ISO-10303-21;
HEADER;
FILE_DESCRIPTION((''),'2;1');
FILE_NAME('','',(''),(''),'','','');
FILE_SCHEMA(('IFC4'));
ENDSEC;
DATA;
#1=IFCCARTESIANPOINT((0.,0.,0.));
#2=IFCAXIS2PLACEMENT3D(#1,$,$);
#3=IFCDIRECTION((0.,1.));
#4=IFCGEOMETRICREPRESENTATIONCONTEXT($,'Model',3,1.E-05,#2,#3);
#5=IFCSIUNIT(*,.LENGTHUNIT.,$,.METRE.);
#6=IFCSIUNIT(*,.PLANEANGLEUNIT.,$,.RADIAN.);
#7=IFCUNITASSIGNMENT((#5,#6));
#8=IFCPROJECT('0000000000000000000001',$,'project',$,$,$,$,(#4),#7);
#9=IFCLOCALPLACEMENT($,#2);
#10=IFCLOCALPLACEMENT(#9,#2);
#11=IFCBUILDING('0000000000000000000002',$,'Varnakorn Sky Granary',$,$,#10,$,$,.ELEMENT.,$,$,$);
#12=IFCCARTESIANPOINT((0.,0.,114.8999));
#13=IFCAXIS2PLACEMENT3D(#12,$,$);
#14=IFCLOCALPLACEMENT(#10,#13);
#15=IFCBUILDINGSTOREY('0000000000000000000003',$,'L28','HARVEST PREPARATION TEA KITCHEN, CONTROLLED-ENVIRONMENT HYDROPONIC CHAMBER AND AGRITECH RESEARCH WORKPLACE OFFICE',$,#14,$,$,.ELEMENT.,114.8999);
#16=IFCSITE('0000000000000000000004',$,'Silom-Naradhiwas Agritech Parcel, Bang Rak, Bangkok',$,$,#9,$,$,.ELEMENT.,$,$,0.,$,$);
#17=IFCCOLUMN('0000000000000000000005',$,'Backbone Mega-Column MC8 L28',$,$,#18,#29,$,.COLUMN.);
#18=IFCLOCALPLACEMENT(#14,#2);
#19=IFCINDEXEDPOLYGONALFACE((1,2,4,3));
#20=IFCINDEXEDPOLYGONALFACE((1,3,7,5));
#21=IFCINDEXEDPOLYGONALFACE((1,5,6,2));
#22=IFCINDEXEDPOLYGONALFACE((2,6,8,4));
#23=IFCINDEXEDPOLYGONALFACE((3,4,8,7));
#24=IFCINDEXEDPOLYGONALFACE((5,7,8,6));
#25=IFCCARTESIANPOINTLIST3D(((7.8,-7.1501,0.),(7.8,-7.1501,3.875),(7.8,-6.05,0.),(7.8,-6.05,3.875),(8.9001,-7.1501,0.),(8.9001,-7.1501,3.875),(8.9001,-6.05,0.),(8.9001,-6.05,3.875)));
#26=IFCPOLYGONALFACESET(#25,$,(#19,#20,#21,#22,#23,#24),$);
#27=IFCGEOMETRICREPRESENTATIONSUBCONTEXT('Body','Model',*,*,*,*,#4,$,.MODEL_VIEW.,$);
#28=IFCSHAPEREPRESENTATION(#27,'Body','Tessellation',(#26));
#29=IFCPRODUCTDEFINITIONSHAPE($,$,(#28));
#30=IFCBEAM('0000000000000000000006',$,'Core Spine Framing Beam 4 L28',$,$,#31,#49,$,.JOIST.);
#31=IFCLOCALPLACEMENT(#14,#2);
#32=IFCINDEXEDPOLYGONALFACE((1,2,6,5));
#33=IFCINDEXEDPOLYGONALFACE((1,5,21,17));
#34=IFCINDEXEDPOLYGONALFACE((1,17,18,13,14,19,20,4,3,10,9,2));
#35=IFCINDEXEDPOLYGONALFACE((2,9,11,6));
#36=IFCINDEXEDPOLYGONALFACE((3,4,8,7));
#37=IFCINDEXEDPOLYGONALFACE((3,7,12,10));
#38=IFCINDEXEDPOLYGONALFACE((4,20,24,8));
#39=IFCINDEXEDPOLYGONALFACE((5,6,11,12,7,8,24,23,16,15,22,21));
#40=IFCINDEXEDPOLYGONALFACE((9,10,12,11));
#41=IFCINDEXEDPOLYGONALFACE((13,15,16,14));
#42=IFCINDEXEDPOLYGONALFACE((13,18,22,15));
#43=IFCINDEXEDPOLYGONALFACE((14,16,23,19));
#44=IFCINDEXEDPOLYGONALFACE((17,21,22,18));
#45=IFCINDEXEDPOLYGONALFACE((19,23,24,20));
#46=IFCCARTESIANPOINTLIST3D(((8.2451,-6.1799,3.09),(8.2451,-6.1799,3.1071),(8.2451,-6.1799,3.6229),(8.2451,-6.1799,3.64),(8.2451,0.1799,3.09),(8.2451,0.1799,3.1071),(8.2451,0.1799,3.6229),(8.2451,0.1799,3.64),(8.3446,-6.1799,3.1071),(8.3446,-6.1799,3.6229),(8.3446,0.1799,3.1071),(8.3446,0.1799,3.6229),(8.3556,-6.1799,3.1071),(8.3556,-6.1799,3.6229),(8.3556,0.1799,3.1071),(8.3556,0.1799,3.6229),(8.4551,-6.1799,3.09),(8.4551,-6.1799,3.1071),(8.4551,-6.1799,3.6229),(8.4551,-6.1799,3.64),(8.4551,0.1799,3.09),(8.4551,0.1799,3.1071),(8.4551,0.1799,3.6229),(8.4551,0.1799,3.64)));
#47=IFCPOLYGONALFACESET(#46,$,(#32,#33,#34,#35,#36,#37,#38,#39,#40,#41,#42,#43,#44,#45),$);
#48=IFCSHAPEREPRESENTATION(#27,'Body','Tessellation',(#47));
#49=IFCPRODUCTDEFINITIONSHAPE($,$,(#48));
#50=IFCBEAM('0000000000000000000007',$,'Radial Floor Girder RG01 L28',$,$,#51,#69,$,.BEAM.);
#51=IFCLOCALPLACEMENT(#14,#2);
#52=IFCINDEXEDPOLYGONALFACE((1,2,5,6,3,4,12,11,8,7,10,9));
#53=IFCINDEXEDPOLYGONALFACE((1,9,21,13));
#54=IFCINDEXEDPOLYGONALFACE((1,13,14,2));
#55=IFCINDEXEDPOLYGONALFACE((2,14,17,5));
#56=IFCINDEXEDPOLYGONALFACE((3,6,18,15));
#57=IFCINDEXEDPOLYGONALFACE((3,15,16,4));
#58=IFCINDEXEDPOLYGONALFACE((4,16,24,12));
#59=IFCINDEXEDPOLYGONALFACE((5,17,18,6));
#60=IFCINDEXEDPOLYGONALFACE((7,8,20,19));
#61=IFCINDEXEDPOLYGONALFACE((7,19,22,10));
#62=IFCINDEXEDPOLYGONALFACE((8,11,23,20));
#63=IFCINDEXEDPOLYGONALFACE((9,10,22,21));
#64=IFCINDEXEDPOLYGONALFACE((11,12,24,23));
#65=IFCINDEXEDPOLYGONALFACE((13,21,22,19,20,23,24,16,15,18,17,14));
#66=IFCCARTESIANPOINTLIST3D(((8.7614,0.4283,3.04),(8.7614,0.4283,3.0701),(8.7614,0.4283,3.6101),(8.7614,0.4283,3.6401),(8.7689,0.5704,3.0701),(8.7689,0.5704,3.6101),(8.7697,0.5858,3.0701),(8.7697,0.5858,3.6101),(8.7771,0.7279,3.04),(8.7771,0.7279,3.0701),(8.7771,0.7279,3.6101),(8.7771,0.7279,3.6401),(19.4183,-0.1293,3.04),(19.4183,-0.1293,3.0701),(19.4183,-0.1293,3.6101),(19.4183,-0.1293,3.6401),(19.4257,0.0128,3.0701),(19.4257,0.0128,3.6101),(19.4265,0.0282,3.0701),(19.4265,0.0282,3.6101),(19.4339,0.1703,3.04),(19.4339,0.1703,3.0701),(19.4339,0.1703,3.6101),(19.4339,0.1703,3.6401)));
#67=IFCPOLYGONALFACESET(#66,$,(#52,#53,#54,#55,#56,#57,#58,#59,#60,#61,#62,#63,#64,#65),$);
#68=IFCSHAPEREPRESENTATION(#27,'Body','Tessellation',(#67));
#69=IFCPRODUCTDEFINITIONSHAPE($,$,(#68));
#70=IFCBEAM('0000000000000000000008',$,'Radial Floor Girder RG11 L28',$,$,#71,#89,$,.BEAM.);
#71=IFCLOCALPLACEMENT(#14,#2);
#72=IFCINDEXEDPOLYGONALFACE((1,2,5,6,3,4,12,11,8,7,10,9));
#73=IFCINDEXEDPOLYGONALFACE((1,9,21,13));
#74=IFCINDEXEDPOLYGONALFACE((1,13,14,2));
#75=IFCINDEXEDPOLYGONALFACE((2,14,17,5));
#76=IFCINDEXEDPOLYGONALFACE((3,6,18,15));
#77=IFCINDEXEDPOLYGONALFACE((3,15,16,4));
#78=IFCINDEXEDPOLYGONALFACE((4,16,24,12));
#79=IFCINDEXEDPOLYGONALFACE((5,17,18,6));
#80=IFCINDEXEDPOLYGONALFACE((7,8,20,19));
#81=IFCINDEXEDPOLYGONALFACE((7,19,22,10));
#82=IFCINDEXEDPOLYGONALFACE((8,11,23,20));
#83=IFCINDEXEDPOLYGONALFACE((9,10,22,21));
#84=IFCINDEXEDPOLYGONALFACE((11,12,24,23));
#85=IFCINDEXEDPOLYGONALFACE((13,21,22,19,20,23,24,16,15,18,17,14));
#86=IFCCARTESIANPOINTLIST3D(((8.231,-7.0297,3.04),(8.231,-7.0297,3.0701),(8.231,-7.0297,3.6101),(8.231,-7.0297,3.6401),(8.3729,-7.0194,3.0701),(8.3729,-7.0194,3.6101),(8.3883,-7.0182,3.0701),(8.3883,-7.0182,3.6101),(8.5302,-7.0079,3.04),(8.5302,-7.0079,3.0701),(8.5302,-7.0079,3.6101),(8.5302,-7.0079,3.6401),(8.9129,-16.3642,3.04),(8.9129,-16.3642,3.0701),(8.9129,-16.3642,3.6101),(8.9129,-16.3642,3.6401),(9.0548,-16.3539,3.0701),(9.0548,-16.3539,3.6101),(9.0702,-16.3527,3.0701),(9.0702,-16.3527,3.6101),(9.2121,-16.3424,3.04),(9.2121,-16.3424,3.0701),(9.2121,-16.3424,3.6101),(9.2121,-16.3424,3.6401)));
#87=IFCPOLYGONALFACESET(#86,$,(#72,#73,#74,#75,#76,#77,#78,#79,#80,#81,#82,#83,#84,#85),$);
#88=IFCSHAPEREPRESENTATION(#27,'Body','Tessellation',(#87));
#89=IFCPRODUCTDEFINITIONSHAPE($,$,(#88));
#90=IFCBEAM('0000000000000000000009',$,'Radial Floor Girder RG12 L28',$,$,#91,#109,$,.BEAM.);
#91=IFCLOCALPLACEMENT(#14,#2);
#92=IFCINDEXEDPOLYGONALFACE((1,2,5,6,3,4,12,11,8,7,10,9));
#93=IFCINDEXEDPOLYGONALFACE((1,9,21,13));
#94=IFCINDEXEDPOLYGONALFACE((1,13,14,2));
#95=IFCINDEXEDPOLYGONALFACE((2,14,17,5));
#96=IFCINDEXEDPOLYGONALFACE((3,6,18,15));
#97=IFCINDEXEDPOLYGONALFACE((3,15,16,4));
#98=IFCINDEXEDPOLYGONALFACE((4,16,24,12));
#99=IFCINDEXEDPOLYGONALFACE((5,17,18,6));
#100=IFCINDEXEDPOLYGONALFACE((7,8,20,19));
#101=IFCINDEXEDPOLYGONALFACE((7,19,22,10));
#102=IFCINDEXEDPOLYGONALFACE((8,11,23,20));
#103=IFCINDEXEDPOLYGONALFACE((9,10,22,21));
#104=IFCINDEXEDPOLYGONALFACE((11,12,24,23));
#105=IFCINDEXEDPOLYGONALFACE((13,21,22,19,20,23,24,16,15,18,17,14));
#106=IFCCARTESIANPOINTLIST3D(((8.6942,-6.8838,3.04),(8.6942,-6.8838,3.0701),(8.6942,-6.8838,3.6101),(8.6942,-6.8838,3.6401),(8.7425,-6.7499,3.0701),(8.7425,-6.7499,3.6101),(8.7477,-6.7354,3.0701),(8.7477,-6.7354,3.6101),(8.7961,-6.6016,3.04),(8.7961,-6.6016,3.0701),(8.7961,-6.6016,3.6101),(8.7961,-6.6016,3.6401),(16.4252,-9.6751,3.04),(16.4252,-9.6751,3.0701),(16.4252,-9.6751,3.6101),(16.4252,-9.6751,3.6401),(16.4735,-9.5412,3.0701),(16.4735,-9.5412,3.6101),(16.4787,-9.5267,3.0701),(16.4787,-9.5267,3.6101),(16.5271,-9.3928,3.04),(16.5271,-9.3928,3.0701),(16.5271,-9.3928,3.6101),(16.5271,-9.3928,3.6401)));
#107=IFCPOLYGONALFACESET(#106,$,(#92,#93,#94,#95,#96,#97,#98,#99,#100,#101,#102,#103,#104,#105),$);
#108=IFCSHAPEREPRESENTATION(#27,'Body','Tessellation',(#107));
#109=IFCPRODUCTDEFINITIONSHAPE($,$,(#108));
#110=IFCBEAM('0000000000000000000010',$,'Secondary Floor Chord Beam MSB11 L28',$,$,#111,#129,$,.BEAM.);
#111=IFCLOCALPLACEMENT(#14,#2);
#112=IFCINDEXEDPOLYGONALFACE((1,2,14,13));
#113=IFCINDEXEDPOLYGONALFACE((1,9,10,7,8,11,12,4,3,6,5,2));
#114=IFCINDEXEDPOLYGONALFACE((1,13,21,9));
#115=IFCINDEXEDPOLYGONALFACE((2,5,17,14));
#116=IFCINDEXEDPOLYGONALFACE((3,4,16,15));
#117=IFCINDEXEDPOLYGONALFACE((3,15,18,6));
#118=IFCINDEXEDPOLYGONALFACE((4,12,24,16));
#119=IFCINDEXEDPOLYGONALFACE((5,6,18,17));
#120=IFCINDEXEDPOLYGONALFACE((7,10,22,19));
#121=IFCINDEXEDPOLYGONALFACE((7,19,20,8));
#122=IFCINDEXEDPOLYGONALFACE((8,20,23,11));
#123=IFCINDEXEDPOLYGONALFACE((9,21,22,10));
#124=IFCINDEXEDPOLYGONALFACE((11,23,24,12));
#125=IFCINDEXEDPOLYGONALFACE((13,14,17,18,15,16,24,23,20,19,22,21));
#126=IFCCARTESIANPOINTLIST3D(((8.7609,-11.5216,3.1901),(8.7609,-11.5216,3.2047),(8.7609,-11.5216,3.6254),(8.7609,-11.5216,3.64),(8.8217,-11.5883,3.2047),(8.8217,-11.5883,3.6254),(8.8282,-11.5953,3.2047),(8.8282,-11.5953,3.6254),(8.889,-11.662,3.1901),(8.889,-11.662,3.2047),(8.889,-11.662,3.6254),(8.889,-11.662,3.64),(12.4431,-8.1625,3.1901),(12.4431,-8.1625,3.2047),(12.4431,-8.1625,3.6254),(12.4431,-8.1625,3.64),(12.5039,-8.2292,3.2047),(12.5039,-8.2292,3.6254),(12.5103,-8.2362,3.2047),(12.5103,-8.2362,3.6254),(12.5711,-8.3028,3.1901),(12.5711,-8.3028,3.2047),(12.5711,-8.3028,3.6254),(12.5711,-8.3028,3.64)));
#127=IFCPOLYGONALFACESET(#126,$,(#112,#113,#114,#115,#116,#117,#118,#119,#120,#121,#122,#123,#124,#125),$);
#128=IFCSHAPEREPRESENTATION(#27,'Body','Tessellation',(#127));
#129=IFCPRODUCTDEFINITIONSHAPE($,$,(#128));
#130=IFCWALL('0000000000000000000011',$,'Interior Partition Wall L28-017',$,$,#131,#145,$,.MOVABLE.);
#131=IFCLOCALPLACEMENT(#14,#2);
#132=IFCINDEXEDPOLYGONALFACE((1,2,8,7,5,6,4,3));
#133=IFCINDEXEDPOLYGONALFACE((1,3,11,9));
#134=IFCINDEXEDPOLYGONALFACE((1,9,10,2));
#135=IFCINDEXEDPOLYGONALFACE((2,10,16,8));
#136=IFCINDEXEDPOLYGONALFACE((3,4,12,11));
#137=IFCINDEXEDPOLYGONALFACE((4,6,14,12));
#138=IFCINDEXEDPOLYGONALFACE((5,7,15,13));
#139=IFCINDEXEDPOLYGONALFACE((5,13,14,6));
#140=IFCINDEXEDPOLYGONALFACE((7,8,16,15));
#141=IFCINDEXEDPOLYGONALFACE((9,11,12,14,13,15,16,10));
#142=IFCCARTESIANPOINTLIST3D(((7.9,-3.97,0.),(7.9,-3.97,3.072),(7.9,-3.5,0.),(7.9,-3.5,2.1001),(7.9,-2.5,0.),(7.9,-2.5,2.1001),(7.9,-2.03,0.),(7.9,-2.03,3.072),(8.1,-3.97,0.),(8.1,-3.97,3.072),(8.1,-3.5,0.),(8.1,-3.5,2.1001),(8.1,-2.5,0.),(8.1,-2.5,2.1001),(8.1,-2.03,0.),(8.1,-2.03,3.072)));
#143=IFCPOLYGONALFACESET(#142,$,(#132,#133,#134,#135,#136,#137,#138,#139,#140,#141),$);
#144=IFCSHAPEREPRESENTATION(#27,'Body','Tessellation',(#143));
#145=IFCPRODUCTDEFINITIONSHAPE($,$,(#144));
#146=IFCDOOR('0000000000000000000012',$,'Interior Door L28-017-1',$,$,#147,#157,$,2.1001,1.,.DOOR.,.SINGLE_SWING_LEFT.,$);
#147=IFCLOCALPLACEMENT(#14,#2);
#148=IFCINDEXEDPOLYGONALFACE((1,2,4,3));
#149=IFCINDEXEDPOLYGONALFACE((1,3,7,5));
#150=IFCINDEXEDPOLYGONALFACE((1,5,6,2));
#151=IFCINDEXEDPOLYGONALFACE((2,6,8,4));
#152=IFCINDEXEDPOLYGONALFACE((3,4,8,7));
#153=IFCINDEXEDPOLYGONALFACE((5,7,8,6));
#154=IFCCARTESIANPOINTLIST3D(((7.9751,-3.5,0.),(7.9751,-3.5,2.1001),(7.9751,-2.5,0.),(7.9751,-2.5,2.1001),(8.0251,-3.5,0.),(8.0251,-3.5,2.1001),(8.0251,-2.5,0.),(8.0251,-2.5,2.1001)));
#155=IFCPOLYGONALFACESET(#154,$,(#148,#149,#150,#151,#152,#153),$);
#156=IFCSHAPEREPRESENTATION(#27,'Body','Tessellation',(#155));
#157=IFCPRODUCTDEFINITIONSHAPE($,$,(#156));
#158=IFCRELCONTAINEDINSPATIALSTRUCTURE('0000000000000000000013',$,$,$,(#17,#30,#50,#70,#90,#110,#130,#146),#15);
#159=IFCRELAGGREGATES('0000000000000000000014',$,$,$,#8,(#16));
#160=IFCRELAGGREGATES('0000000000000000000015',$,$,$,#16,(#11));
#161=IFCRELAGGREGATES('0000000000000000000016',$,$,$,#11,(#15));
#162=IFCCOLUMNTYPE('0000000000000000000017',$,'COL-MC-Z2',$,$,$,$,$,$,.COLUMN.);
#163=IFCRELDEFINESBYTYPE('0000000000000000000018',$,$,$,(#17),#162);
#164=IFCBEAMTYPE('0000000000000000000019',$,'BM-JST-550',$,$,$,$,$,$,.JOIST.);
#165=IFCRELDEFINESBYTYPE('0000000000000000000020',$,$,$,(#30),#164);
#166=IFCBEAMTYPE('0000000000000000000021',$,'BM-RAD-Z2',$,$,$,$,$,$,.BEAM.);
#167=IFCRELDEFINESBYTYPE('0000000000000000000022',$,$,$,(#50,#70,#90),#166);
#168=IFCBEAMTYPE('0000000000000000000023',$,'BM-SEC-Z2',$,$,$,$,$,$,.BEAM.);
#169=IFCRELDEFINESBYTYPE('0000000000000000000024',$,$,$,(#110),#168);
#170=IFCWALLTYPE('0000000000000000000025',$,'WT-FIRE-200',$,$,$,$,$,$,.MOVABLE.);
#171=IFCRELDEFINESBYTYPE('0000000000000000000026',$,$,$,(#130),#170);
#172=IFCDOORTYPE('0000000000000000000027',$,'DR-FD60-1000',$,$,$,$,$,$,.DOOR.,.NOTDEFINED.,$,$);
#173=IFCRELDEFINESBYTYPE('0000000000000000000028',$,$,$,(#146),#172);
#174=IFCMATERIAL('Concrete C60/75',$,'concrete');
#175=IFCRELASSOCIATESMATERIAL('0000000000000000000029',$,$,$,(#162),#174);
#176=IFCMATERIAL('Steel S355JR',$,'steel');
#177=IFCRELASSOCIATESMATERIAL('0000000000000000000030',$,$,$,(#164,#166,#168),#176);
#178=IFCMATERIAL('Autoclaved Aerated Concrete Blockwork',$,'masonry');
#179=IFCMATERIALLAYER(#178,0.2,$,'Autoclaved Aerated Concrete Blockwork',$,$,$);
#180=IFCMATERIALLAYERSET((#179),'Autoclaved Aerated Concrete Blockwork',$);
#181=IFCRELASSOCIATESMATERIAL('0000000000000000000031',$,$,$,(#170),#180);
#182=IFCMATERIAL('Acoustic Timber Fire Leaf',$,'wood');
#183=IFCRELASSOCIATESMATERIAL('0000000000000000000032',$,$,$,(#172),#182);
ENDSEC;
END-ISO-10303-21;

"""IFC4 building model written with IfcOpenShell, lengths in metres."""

from ifc_helpers import new_model, si_unit, direction, frame, frame_2d, origin, origin_2d, place, context, subcontext, project, spatial, rectangle, i_section, extrude, material, layer, layer_set, material_profile, profile_set, type_object, element, fill, save


model = new_model("IFC4")

# Units and contexts
model_context = context("Model", 3, precision=1e-05, world=origin(), true_north=direction((0.0, 1.0)))
body_context = subcontext(model_context, "Body", "Model", "MODEL_VIEW")
ifc_project = project(units=[si_unit("LENGTHUNIT", "METRE"), si_unit("PLANEANGLEUNIT", "RADIAN")], contexts=[model_context])

# Site, building, storey
site_placement = place(None, origin())
site = spatial("IfcSite", under=ifc_project, at=site_placement, Name="Silom-Naradhiwas Agritech Parcel, Bang Rak, Bangkok", CompositionType="ELEMENT", RefElevation=0.0)
building_placement = place(site_placement, origin())
building = spatial("IfcBuilding", under=site, at=building_placement, Name="Varnakorn Sky Granary", CompositionType="ELEMENT")
storey_placement = place(building_placement, frame((0.0, 0.0, 114.8999)))
storey = spatial("IfcBuildingStorey", under=building, at=storey_placement, Name="L28", Description="HARVEST PREPARATION TEA KITCHEN, CONTROLLED-ENVIRONMENT HYDROPONIC CHAMBER AND AGRITECH RESEARCH WORKPLACE OFFICE", CompositionType="ELEMENT", Elevation=114.8999)

# Column
ifc_material_1 = material(Name="Concrete C60/75", Category="concrete")
ifc_material_profile_1 = material_profile(ifc_material_1, rectangle(XDim=1.1001, YDim=1.1001, at=origin_2d()), Name="RC 1100x1100")
ifc_profile_set_1 = profile_set([ifc_material_profile_1], Name="Concrete C60/75")
column_type = type_object("IfcColumnType", Name="COL-MC-Z2", PredefinedType="COLUMN", material=ifc_profile_set_1)
column_placement = place(storey_placement, frame((8.3501, -6.6001, 0.0), z_axis=(0.0, 0.0, 1.0), x_axis=(1.0, 0.0, 0.0)))
element("IfcColumn", 1, at=column_placement, inside=storey, type_object=column_type, Name="Backbone Mega-Column MC8 L28", PredefinedType="COLUMN", context=body_context, shape_type="SweptSolid", body=[
    extrude(rectangle(XDim=1.1001, YDim=1.1001, at=origin_2d()), origin(), (0.0, 0.0, 1.0), 3.875),
])

# Beams
ifc_material_2 = material(Name="Steel S355JR", Category="steel")
ifc_material_profile_2 = material_profile(ifc_material_2, i_section(OverallWidth=0.21, OverallDepth=0.55, WebThickness=0.011, FlangeThickness=0.0171, at=origin_2d()), Name="IPE 550")
ifc_profile_set_2 = profile_set([ifc_material_profile_2], Name="Steel S355JR")
beam_type_1 = type_object("IfcBeamType", Name="BM-JST-550", PredefinedType="JOIST", material=ifc_profile_set_2)
beam_1_placement = place(storey_placement, frame((8.3501, 0.1799, 3.365), z_axis=(0.0, -1.0, 0.0), x_axis=(1.0, 0.0, 0.0)))
element("IfcBeam", 2, at=beam_1_placement, inside=storey, type_object=beam_type_1, Name="Core Spine Framing Beam 4 L28", PredefinedType="JOIST", context=body_context, shape_type="SweptSolid", body=[
    extrude(i_section(OverallWidth=0.21, OverallDepth=0.55, WebThickness=0.011, FlangeThickness=0.0171, at=origin_2d()), origin(), (0.0, 0.0, 1.0), 6.3599),
])
ifc_material_profile_3 = material_profile(ifc_material_2, i_section(OverallWidth=0.3, OverallDepth=0.6001, WebThickness=0.0154, FlangeThickness=0.03, at=origin_2d()), Name="HE 600 B")
ifc_profile_set_3 = profile_set([ifc_material_profile_3], Name="Steel S355JR")
beam_type_2 = type_object("IfcBeamType", Name="BM-RAD-Z2", PredefinedType="BEAM", material=ifc_profile_set_3)
beam_2_placement = place(storey_placement, frame((8.7693, 0.5781, 3.3401), z_axis=(0.998634, -0.052254, 0.0), x_axis=(0.052254, 0.998634, 0.0)))
element("IfcBeam", 3, at=beam_2_placement, inside=storey, type_object=beam_type_2, Name="Radial Floor Girder RG01 L28", PredefinedType="BEAM", context=body_context, shape_type="SweptSolid", body=[
    extrude(i_section(OverallWidth=0.3, OverallDepth=0.6001, WebThickness=0.0154, FlangeThickness=0.03, at=origin_2d()), origin(), (0.0, 0.0, 1.0), 10.6714),
])
beam_3_placement = place(storey_placement, frame((8.3806, -7.0188, 3.3401), z_axis=(0.072856, -0.997342, 0.0), x_axis=(0.997342, 0.072856, 0.0)))
element("IfcBeam", 4, at=beam_3_placement, inside=storey, type_object=beam_type_2, Name="Radial Floor Girder RG11 L28", PredefinedType="BEAM", context=body_context, shape_type="SweptSolid", body=[
    extrude(i_section(OverallWidth=0.3, OverallDepth=0.6001, WebThickness=0.0154, FlangeThickness=0.03, at=origin_2d()), origin(), (0.0, 0.0, 1.0), 9.3594),
])
beam_4_placement = place(storey_placement, frame((8.7451, -6.7427, 3.3401), z_axis=(0.940572, -0.339593, 0.0), x_axis=(0.339593, 0.940572, 0.0)))
element("IfcBeam", 5, at=beam_4_placement, inside=storey, type_object=beam_type_2, Name="Radial Floor Girder RG12 L28", PredefinedType="BEAM", context=body_context, shape_type="SweptSolid", body=[
    extrude(i_section(OverallWidth=0.3, OverallDepth=0.6001, WebThickness=0.0154, FlangeThickness=0.03, at=origin_2d()), origin(), (0.0, 0.0, 1.0), 8.2195),
])
ifc_material_profile_4 = material_profile(ifc_material_2, i_section(OverallWidth=0.1899, OverallDepth=0.45, WebThickness=0.0095, FlangeThickness=0.0146, at=origin_2d()), Name="IPE 450")
ifc_profile_set_4 = profile_set([ifc_material_profile_4], Name="Steel S355JR")
beam_type_3 = type_object("IfcBeamType", Name="BM-SEC-Z2", PredefinedType="BEAM", material=ifc_profile_set_4)
beam_5_placement = place(storey_placement, frame((8.825, -11.5918, 3.415), z_axis=(0.738766, 0.673962, 0.0), x_axis=(-0.673962, 0.738766, 0.0)))
element("IfcBeam", 6, at=beam_5_placement, inside=storey, type_object=beam_type_3, Name="Secondary Floor Chord Beam MSB11 L28", PredefinedType="BEAM", context=body_context, shape_type="SweptSolid", body=[
    extrude(i_section(OverallWidth=0.1899, OverallDepth=0.45, WebThickness=0.0095, FlangeThickness=0.0146, at=origin_2d()), origin(), (0.0, 0.0, 1.0), 4.9841),
])

# Wall, opening, door
ifc_material_3 = material(Name="Autoclaved Aerated Concrete Blockwork", Category="masonry")
ifc_layer_1 = layer(ifc_material_3, 0.2, Name="Autoclaved Aerated Concrete Blockwork")
ifc_layer_set_1 = layer_set([ifc_layer_1], Name="Autoclaved Aerated Concrete Blockwork")
wall_type_1 = type_object("IfcWallType", Name="WT-FIRE-200", PredefinedType="MOVABLE", material=ifc_layer_set_1)
wall_1_placement = place(storey_placement, frame((8.0, -3.97, 0.0), z_axis=(0.0, 0.0, 1.0), x_axis=(0.0, 1.0, 0.0)))
wall_1 = element("IfcWall", 7, at=wall_1_placement, inside=storey, type_object=wall_type_1, Name="Interior Partition Wall L28-017", PredefinedType="MOVABLE", context=body_context, shape_type="SweptSolid", body=[
    extrude(rectangle(XDim=1.9399, YDim=0.2, at=frame_2d((0.97, 0.0))), origin(), (0.0, 0.0, 1.0), 3.072),
])
opening_1_placement = place(wall_1_placement, frame((0.47, 0.0, 0.0)))
opening_1 = element("IfcOpeningElement", 8, at=opening_1_placement, cuts=wall_1, PredefinedType="OPENING", context=body_context, shape_type="SweptSolid", body=[
    extrude(rectangle(XDim=1.0, YDim=2.1001, at=frame_2d((0.5, 1.05))), frame((0.0, 0.1099, 0.0), z_axis=(0.0, -1.0, 0.0), x_axis=(1.0, 0.0, 0.0)), (0.0, 0.0, 1.0), 0.22),
])
ifc_material_4 = material(Name="Acoustic Timber Fire Leaf", Category="wood")
door_type_1 = type_object("IfcDoorType", Name="DR-FD60-1000", OperationType="NOTDEFINED", PredefinedType="DOOR", material=ifc_material_4)
door_1_placement = place(opening_1_placement, origin())
door_1 = element("IfcDoor", 9, at=door_1_placement, inside=storey, type_object=door_type_1, Name="Interior Door L28-017-1", OperationType="SINGLE_SWING_LEFT", OverallHeight=2.1001, OverallWidth=1.0, PredefinedType="DOOR", context=body_context, shape_type="SweptSolid", body=[
    extrude(rectangle(XDim=1.0, YDim=2.1001, at=frame_2d((0.5, 1.05))), frame((0.0, 0.0249, 0.0), z_axis=(0.0, -1.0, 0.0), x_axis=(1.0, 0.0, 0.0)), (0.0, 0.0, 1.0), 0.05),
])
fill(opening_1, door_1)

save(model, "model.ifc")
